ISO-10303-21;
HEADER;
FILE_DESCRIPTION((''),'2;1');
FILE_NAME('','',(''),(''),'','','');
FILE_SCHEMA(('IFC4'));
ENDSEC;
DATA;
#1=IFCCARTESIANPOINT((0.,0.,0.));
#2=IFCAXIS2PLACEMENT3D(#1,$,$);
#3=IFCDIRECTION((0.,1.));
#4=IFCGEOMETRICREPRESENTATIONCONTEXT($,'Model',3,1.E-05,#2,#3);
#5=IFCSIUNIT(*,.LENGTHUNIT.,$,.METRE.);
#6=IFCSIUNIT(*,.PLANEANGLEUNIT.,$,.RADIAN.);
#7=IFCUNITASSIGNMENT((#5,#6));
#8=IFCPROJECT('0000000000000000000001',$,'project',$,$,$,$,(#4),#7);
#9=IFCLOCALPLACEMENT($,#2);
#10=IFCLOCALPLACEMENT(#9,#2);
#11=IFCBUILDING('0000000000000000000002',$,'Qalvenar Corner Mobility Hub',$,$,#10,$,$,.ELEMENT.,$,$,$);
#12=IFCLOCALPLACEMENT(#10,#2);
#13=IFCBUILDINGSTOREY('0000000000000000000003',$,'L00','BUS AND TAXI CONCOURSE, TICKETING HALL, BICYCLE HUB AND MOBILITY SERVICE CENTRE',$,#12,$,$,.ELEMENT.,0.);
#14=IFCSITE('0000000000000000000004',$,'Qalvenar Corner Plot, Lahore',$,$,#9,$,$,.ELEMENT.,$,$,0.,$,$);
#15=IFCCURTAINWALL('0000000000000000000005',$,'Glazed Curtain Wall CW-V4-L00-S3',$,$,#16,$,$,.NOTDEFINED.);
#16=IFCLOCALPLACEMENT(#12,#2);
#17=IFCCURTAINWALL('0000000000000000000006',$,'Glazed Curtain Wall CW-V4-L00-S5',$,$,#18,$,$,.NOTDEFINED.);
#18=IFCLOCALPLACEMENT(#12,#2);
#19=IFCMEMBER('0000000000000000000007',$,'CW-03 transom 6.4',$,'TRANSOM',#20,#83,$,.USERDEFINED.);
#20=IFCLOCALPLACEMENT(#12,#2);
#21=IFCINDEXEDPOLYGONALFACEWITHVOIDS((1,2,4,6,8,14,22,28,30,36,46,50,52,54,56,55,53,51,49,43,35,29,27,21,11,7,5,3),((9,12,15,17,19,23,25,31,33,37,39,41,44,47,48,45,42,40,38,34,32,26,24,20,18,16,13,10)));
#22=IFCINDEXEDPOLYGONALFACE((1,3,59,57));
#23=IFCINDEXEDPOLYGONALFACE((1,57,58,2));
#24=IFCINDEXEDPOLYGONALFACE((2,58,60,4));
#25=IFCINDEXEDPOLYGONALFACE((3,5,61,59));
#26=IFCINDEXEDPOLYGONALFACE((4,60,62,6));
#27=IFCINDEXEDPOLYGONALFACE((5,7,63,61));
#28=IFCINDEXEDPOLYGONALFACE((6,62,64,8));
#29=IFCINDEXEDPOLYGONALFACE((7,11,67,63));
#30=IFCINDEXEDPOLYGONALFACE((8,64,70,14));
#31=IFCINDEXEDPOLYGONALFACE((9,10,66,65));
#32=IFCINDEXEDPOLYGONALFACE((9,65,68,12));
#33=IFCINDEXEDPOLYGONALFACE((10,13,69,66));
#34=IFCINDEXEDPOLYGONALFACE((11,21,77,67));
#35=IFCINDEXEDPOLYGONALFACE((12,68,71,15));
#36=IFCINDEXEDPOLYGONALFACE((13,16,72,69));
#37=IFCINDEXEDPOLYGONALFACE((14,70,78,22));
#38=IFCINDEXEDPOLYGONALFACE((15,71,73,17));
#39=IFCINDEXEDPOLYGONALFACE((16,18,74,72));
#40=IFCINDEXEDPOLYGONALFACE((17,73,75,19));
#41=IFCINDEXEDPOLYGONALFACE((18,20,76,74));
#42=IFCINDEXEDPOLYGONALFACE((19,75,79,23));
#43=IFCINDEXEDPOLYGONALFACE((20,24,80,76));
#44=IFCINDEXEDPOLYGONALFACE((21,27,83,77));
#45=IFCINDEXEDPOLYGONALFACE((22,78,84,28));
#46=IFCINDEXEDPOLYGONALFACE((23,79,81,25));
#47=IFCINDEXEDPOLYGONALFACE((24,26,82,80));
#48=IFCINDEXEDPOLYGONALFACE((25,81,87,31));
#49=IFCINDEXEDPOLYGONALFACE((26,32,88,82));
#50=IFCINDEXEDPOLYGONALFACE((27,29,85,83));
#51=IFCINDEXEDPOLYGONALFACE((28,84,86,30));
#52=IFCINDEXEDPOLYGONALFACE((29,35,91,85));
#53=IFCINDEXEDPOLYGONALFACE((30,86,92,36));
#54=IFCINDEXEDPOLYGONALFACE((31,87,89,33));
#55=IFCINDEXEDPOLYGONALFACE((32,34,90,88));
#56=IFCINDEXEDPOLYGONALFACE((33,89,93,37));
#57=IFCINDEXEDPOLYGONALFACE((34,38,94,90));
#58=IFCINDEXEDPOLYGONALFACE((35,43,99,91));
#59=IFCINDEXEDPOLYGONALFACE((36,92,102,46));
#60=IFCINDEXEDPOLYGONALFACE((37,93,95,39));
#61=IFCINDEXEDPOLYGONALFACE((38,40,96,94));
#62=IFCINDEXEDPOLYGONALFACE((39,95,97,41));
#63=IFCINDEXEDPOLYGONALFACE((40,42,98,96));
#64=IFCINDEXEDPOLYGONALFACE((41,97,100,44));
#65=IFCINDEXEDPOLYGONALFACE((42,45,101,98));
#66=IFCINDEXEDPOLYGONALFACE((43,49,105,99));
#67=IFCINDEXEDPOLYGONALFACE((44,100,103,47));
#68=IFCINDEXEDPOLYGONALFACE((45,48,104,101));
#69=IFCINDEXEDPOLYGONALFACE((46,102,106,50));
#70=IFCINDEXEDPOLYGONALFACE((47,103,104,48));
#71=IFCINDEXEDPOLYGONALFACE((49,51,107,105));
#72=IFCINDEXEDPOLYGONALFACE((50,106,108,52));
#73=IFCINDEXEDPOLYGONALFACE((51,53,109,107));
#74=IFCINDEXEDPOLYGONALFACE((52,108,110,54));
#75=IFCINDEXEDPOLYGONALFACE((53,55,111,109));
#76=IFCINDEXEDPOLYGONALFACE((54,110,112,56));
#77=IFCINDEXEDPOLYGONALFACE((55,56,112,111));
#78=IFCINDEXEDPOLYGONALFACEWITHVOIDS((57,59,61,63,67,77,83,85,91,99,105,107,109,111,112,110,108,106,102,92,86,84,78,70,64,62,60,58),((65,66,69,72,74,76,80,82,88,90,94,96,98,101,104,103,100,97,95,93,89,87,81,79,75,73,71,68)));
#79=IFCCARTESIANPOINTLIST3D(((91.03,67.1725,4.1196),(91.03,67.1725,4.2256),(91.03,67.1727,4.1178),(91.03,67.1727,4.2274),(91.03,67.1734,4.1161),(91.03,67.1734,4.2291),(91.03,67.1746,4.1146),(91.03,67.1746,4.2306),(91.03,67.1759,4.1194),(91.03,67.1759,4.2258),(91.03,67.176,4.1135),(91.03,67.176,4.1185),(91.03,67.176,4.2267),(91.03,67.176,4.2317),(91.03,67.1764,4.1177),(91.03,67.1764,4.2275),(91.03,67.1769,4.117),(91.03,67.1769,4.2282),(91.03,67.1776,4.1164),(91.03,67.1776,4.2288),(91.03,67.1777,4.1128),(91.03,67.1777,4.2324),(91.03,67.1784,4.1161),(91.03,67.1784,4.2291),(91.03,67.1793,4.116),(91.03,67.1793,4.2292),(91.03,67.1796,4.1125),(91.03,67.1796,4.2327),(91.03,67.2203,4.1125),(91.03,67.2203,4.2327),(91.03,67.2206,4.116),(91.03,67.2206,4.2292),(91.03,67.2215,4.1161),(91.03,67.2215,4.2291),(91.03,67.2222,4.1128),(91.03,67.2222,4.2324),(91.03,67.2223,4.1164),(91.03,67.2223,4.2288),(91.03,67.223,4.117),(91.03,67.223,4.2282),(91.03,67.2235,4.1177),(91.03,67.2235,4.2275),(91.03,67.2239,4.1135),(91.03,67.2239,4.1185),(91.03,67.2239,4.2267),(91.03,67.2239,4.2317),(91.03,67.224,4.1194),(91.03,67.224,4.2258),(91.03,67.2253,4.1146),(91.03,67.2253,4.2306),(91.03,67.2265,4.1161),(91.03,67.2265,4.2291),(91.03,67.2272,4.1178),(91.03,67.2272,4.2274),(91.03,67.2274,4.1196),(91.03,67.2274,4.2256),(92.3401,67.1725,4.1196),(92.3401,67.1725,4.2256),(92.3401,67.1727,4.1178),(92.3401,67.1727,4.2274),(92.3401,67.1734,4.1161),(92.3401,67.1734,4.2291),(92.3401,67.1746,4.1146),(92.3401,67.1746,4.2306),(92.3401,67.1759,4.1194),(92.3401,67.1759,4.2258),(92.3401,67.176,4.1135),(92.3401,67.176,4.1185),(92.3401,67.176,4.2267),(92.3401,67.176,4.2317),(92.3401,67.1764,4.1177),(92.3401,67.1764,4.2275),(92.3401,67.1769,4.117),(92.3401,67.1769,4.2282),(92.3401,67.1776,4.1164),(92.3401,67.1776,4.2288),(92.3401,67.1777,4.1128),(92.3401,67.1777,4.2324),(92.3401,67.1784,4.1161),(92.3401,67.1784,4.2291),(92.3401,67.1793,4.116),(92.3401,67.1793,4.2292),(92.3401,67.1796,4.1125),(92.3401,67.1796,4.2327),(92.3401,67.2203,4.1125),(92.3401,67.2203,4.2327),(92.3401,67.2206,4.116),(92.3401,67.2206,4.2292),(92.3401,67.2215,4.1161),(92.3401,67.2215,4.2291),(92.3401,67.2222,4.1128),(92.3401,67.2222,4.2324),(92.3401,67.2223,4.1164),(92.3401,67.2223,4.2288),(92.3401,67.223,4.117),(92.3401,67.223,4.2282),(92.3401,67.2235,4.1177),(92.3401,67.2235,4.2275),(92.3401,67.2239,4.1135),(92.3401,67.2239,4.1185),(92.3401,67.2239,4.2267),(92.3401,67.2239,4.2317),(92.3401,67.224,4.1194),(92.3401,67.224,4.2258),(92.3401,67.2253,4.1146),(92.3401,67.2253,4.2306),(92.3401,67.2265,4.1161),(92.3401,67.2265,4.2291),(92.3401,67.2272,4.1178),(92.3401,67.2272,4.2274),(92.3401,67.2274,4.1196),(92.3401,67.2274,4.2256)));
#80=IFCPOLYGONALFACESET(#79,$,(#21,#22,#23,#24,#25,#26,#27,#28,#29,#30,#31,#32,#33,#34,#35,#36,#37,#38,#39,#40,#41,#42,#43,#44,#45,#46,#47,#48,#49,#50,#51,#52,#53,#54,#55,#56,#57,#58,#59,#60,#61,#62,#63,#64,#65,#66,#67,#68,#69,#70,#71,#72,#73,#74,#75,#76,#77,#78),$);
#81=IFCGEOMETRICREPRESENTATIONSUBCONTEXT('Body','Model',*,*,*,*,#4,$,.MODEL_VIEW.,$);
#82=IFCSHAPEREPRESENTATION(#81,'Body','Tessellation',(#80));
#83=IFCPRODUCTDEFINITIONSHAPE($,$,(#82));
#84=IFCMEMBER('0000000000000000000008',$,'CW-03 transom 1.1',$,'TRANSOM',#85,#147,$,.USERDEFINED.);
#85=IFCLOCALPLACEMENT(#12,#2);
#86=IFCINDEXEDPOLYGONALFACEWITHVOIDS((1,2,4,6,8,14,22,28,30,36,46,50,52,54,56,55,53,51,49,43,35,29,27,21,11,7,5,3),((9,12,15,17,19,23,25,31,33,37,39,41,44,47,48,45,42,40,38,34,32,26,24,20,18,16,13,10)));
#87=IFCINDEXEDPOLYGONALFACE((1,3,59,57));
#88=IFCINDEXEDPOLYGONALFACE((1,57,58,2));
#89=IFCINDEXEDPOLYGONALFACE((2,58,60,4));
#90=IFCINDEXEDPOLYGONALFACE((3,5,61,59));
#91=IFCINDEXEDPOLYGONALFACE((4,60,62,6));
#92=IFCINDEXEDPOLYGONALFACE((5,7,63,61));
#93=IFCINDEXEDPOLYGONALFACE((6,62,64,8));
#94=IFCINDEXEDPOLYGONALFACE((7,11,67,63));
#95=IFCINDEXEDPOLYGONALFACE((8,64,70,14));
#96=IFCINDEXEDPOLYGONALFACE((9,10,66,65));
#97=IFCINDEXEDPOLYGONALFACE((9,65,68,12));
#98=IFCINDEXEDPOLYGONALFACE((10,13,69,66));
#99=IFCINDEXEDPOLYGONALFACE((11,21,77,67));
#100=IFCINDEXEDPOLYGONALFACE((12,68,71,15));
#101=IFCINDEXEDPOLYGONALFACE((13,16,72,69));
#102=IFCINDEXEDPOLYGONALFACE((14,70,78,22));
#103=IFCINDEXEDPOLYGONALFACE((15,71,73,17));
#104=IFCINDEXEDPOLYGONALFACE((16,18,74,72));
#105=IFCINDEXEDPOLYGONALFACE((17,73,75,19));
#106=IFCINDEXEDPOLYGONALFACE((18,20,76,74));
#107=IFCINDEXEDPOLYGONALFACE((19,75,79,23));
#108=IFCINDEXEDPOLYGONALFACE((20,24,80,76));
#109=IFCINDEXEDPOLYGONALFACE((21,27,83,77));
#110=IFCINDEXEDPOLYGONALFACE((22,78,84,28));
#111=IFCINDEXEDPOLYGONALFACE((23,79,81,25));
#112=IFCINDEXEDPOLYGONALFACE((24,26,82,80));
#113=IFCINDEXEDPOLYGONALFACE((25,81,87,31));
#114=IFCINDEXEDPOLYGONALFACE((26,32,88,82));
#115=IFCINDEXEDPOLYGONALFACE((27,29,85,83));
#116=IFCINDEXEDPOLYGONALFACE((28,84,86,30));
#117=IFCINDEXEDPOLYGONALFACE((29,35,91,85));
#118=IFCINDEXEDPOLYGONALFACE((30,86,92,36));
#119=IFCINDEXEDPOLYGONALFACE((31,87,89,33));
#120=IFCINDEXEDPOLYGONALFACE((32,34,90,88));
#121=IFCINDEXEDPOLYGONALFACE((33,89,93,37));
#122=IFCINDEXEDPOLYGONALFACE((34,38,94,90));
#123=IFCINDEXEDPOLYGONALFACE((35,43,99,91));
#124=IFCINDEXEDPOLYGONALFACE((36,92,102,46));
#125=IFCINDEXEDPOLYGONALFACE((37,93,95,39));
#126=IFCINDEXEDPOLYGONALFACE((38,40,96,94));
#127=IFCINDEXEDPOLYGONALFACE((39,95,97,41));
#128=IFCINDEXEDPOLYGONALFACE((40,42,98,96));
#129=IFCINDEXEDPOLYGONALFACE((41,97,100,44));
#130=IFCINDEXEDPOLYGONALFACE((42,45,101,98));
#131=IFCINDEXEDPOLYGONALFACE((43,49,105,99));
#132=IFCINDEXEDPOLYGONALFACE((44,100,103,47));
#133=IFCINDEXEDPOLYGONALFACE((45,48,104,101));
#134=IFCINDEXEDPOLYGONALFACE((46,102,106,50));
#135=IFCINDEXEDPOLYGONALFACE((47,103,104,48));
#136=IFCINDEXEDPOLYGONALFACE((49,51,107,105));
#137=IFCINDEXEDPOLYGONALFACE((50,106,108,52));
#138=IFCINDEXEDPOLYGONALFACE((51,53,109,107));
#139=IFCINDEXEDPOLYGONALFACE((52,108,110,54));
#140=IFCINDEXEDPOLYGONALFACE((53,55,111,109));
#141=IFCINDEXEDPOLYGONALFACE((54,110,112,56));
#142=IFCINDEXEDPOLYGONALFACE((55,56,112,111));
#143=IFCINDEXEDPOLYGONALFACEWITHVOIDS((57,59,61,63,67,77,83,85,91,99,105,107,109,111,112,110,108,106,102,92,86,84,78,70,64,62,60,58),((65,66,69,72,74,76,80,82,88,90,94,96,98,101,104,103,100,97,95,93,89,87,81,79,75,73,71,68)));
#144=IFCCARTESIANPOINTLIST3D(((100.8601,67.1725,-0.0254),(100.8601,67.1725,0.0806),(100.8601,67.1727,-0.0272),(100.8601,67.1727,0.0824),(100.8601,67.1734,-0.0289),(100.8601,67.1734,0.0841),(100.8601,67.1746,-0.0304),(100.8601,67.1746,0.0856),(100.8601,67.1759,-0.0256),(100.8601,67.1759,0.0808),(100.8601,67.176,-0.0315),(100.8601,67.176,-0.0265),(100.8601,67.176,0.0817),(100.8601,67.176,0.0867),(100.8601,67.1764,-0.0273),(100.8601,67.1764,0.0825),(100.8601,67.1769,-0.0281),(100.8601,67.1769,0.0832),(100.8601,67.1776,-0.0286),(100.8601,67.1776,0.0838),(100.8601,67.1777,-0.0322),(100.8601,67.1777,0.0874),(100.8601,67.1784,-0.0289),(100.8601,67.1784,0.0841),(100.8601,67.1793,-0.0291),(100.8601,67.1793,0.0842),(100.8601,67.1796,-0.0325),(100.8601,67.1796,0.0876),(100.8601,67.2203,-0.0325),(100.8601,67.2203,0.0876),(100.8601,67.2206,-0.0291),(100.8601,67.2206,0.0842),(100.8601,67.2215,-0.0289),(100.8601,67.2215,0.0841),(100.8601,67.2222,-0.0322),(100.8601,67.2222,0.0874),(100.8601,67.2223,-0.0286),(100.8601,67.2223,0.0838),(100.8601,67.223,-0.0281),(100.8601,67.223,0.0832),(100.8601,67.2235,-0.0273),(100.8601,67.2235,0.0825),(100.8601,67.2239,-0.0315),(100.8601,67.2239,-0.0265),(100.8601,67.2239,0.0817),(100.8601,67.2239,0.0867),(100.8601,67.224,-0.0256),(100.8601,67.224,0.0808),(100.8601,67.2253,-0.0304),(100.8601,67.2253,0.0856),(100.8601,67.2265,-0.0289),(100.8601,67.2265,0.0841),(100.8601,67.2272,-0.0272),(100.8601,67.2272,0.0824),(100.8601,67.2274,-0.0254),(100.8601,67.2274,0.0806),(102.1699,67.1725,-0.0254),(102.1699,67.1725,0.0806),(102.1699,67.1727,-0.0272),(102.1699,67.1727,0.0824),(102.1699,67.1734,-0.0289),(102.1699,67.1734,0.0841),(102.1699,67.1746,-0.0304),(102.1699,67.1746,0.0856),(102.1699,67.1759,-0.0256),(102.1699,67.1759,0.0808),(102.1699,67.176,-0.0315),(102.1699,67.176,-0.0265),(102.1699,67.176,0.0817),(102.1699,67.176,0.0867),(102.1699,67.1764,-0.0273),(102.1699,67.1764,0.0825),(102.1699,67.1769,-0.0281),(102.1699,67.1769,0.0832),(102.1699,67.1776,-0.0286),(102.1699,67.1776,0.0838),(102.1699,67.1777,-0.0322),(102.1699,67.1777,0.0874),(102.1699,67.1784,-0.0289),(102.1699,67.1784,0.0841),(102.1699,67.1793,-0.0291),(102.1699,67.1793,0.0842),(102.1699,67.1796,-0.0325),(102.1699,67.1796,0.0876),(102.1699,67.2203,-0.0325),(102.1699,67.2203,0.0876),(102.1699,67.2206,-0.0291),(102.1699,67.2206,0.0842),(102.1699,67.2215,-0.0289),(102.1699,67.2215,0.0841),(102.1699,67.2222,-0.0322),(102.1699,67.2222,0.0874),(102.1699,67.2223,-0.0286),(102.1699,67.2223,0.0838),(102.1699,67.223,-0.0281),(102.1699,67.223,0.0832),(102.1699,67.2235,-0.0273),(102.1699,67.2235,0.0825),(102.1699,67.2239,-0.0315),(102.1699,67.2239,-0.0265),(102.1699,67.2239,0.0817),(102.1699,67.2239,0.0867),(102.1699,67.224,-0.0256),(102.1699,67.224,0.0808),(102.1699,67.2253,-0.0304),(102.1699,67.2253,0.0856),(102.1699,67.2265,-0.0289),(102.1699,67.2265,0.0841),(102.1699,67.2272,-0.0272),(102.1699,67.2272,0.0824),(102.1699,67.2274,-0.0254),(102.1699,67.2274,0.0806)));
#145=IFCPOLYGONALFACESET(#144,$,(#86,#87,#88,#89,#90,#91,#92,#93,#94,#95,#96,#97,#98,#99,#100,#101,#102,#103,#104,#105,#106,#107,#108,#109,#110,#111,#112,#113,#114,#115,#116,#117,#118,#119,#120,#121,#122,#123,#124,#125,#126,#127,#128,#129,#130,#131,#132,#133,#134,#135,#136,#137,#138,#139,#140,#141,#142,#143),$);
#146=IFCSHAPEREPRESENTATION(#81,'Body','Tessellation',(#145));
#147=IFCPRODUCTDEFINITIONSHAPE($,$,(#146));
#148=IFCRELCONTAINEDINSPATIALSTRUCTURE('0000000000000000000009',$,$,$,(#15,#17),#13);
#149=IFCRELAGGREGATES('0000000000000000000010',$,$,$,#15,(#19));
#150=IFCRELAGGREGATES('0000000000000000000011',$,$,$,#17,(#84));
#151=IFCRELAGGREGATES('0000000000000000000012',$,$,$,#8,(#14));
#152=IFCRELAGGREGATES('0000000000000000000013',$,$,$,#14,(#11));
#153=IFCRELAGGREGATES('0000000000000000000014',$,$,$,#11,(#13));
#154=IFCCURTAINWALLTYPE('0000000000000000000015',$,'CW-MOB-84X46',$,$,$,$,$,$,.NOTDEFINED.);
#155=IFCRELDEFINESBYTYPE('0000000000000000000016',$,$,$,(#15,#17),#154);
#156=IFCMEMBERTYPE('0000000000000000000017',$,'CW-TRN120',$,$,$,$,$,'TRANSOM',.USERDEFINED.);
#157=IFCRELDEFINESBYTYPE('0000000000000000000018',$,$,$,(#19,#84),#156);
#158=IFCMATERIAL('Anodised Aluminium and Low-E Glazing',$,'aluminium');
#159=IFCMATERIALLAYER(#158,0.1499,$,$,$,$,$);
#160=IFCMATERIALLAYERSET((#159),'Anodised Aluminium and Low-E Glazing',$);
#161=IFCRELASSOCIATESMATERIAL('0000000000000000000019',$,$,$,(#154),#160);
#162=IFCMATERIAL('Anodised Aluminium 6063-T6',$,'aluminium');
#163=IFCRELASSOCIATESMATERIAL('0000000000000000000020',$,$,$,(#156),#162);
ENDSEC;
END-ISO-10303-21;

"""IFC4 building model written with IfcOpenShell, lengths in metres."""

from ifc_helpers import new_model, si_unit, direction, frame, origin, origin_2d, place, context, subcontext, project, spatial, hollow_rectangle, extrude, material, layer, layer_set, material_profile, profile_set, type_object, element, aggregate, save


model = new_model("IFC4")

# Units and contexts
model_context = context("Model", 3, precision=1e-05, world=origin(), true_north=direction((0.0, 1.0)))
body_context = subcontext(model_context, "Body", "Model", "MODEL_VIEW")
ifc_project = project(units=[si_unit("LENGTHUNIT", "METRE"), si_unit("PLANEANGLEUNIT", "RADIAN")], contexts=[model_context])

# Site, building, storey
site_placement = place(None, origin())
site = spatial("IfcSite", under=ifc_project, at=site_placement, Name="Qalvenar Corner Plot, Lahore", CompositionType="ELEMENT", RefElevation=0.0)
building_placement = place(site_placement, origin())
building = spatial("IfcBuilding", under=site, at=building_placement, Name="Qalvenar Corner Mobility Hub", CompositionType="ELEMENT")
storey_placement = place(building_placement, origin())
storey = spatial("IfcBuildingStorey", under=building, at=storey_placement, Name="L00", Description="BUS AND TAXI CONCOURSE, TICKETING HALL, BICYCLE HUB AND MOBILITY SERVICE CENTRE", CompositionType="ELEMENT", Elevation=0.0)

# Curtain walls
ifc_material_1 = material(Name="Anodised Aluminium and Low-E Glazing", Category="aluminium")
ifc_layer_1 = layer(ifc_material_1, 0.1499)
ifc_layer_set_1 = layer_set([ifc_layer_1], Name="Anodised Aluminium and Low-E Glazing")
curtain_wall_type = type_object("IfcCurtainWallType", Name="CW-MOB-84X46", PredefinedType="NOTDEFINED", material=ifc_layer_set_1)
curtain_wall_1_placement = place(storey_placement, origin())
curtain_wall_1 = element("IfcCurtainWall", 1, at=curtain_wall_1_placement, inside=storey, type_object=curtain_wall_type, Name="Glazed Curtain Wall CW-V4-L00-S3", PredefinedType="NOTDEFINED")
ifc_material_2 = material(Name="Anodised Aluminium 6063-T6", Category="aluminium")
curtain_wall_2_placement = place(storey_placement, origin())
curtain_wall_2 = element("IfcCurtainWall", 2, at=curtain_wall_2_placement, inside=storey, type_object=curtain_wall_type, Name="Glazed Curtain Wall CW-V4-L00-S5", PredefinedType="NOTDEFINED")

# Members
ifc_material_profile_1 = material_profile(ifc_material_2, hollow_rectangle(XDim=0.0549, YDim=0.1201, WallThickness=0.0034, InnerFilletRadius=0.0034, OuterFilletRadius=0.0071, at=origin_2d()), Name="RHS120x55x3.5")
ifc_profile_set_1 = profile_set([ifc_material_profile_1], Name="Anodised Aluminium 6063-T6")
member_type_1 = type_object("IfcMemberType", Name="CW-TRN120", ElementType="TRANSOM", PredefinedType="USERDEFINED", material=ifc_profile_set_1)
member_1_placement = place(storey_placement, frame((91.03, 67.2, 4.1726), z_axis=(1.0, 0.0, 0.0), x_axis=(0.0, 1.0, 0.0)))
member_1 = element("IfcMember", 3, at=member_1_placement, type_object=member_type_1, Name="CW-03 transom 6.4", ObjectType="TRANSOM", PredefinedType="USERDEFINED", context=body_context, shape_type="SweptSolid", body=[
    extrude(hollow_rectangle(XDim=0.0549, YDim=0.1201, WallThickness=0.0034, InnerFilletRadius=0.0034, OuterFilletRadius=0.0071, at=origin_2d()), origin(), (0.0, 0.0, 1.0), 1.3101),
])
member_2_placement = place(storey_placement, frame((100.8601, 67.2, 0.0276), z_axis=(1.0, 0.0, 0.0), x_axis=(0.0, 1.0, 0.0)))
member_2 = element("IfcMember", 4, at=member_2_placement, type_object=member_type_1, Name="CW-03 transom 1.1", ObjectType="TRANSOM", PredefinedType="USERDEFINED", context=body_context, shape_type="SweptSolid", body=[
    extrude(hollow_rectangle(XDim=0.0549, YDim=0.1201, WallThickness=0.0034, InnerFilletRadius=0.0034, OuterFilletRadius=0.0071, at=origin_2d()), origin(), (0.0, 0.0, 1.0), 1.3098),
])

aggregate(curtain_wall_1, [member_1])
aggregate(curtain_wall_2, [member_2])

save(model, "model.ifc")
